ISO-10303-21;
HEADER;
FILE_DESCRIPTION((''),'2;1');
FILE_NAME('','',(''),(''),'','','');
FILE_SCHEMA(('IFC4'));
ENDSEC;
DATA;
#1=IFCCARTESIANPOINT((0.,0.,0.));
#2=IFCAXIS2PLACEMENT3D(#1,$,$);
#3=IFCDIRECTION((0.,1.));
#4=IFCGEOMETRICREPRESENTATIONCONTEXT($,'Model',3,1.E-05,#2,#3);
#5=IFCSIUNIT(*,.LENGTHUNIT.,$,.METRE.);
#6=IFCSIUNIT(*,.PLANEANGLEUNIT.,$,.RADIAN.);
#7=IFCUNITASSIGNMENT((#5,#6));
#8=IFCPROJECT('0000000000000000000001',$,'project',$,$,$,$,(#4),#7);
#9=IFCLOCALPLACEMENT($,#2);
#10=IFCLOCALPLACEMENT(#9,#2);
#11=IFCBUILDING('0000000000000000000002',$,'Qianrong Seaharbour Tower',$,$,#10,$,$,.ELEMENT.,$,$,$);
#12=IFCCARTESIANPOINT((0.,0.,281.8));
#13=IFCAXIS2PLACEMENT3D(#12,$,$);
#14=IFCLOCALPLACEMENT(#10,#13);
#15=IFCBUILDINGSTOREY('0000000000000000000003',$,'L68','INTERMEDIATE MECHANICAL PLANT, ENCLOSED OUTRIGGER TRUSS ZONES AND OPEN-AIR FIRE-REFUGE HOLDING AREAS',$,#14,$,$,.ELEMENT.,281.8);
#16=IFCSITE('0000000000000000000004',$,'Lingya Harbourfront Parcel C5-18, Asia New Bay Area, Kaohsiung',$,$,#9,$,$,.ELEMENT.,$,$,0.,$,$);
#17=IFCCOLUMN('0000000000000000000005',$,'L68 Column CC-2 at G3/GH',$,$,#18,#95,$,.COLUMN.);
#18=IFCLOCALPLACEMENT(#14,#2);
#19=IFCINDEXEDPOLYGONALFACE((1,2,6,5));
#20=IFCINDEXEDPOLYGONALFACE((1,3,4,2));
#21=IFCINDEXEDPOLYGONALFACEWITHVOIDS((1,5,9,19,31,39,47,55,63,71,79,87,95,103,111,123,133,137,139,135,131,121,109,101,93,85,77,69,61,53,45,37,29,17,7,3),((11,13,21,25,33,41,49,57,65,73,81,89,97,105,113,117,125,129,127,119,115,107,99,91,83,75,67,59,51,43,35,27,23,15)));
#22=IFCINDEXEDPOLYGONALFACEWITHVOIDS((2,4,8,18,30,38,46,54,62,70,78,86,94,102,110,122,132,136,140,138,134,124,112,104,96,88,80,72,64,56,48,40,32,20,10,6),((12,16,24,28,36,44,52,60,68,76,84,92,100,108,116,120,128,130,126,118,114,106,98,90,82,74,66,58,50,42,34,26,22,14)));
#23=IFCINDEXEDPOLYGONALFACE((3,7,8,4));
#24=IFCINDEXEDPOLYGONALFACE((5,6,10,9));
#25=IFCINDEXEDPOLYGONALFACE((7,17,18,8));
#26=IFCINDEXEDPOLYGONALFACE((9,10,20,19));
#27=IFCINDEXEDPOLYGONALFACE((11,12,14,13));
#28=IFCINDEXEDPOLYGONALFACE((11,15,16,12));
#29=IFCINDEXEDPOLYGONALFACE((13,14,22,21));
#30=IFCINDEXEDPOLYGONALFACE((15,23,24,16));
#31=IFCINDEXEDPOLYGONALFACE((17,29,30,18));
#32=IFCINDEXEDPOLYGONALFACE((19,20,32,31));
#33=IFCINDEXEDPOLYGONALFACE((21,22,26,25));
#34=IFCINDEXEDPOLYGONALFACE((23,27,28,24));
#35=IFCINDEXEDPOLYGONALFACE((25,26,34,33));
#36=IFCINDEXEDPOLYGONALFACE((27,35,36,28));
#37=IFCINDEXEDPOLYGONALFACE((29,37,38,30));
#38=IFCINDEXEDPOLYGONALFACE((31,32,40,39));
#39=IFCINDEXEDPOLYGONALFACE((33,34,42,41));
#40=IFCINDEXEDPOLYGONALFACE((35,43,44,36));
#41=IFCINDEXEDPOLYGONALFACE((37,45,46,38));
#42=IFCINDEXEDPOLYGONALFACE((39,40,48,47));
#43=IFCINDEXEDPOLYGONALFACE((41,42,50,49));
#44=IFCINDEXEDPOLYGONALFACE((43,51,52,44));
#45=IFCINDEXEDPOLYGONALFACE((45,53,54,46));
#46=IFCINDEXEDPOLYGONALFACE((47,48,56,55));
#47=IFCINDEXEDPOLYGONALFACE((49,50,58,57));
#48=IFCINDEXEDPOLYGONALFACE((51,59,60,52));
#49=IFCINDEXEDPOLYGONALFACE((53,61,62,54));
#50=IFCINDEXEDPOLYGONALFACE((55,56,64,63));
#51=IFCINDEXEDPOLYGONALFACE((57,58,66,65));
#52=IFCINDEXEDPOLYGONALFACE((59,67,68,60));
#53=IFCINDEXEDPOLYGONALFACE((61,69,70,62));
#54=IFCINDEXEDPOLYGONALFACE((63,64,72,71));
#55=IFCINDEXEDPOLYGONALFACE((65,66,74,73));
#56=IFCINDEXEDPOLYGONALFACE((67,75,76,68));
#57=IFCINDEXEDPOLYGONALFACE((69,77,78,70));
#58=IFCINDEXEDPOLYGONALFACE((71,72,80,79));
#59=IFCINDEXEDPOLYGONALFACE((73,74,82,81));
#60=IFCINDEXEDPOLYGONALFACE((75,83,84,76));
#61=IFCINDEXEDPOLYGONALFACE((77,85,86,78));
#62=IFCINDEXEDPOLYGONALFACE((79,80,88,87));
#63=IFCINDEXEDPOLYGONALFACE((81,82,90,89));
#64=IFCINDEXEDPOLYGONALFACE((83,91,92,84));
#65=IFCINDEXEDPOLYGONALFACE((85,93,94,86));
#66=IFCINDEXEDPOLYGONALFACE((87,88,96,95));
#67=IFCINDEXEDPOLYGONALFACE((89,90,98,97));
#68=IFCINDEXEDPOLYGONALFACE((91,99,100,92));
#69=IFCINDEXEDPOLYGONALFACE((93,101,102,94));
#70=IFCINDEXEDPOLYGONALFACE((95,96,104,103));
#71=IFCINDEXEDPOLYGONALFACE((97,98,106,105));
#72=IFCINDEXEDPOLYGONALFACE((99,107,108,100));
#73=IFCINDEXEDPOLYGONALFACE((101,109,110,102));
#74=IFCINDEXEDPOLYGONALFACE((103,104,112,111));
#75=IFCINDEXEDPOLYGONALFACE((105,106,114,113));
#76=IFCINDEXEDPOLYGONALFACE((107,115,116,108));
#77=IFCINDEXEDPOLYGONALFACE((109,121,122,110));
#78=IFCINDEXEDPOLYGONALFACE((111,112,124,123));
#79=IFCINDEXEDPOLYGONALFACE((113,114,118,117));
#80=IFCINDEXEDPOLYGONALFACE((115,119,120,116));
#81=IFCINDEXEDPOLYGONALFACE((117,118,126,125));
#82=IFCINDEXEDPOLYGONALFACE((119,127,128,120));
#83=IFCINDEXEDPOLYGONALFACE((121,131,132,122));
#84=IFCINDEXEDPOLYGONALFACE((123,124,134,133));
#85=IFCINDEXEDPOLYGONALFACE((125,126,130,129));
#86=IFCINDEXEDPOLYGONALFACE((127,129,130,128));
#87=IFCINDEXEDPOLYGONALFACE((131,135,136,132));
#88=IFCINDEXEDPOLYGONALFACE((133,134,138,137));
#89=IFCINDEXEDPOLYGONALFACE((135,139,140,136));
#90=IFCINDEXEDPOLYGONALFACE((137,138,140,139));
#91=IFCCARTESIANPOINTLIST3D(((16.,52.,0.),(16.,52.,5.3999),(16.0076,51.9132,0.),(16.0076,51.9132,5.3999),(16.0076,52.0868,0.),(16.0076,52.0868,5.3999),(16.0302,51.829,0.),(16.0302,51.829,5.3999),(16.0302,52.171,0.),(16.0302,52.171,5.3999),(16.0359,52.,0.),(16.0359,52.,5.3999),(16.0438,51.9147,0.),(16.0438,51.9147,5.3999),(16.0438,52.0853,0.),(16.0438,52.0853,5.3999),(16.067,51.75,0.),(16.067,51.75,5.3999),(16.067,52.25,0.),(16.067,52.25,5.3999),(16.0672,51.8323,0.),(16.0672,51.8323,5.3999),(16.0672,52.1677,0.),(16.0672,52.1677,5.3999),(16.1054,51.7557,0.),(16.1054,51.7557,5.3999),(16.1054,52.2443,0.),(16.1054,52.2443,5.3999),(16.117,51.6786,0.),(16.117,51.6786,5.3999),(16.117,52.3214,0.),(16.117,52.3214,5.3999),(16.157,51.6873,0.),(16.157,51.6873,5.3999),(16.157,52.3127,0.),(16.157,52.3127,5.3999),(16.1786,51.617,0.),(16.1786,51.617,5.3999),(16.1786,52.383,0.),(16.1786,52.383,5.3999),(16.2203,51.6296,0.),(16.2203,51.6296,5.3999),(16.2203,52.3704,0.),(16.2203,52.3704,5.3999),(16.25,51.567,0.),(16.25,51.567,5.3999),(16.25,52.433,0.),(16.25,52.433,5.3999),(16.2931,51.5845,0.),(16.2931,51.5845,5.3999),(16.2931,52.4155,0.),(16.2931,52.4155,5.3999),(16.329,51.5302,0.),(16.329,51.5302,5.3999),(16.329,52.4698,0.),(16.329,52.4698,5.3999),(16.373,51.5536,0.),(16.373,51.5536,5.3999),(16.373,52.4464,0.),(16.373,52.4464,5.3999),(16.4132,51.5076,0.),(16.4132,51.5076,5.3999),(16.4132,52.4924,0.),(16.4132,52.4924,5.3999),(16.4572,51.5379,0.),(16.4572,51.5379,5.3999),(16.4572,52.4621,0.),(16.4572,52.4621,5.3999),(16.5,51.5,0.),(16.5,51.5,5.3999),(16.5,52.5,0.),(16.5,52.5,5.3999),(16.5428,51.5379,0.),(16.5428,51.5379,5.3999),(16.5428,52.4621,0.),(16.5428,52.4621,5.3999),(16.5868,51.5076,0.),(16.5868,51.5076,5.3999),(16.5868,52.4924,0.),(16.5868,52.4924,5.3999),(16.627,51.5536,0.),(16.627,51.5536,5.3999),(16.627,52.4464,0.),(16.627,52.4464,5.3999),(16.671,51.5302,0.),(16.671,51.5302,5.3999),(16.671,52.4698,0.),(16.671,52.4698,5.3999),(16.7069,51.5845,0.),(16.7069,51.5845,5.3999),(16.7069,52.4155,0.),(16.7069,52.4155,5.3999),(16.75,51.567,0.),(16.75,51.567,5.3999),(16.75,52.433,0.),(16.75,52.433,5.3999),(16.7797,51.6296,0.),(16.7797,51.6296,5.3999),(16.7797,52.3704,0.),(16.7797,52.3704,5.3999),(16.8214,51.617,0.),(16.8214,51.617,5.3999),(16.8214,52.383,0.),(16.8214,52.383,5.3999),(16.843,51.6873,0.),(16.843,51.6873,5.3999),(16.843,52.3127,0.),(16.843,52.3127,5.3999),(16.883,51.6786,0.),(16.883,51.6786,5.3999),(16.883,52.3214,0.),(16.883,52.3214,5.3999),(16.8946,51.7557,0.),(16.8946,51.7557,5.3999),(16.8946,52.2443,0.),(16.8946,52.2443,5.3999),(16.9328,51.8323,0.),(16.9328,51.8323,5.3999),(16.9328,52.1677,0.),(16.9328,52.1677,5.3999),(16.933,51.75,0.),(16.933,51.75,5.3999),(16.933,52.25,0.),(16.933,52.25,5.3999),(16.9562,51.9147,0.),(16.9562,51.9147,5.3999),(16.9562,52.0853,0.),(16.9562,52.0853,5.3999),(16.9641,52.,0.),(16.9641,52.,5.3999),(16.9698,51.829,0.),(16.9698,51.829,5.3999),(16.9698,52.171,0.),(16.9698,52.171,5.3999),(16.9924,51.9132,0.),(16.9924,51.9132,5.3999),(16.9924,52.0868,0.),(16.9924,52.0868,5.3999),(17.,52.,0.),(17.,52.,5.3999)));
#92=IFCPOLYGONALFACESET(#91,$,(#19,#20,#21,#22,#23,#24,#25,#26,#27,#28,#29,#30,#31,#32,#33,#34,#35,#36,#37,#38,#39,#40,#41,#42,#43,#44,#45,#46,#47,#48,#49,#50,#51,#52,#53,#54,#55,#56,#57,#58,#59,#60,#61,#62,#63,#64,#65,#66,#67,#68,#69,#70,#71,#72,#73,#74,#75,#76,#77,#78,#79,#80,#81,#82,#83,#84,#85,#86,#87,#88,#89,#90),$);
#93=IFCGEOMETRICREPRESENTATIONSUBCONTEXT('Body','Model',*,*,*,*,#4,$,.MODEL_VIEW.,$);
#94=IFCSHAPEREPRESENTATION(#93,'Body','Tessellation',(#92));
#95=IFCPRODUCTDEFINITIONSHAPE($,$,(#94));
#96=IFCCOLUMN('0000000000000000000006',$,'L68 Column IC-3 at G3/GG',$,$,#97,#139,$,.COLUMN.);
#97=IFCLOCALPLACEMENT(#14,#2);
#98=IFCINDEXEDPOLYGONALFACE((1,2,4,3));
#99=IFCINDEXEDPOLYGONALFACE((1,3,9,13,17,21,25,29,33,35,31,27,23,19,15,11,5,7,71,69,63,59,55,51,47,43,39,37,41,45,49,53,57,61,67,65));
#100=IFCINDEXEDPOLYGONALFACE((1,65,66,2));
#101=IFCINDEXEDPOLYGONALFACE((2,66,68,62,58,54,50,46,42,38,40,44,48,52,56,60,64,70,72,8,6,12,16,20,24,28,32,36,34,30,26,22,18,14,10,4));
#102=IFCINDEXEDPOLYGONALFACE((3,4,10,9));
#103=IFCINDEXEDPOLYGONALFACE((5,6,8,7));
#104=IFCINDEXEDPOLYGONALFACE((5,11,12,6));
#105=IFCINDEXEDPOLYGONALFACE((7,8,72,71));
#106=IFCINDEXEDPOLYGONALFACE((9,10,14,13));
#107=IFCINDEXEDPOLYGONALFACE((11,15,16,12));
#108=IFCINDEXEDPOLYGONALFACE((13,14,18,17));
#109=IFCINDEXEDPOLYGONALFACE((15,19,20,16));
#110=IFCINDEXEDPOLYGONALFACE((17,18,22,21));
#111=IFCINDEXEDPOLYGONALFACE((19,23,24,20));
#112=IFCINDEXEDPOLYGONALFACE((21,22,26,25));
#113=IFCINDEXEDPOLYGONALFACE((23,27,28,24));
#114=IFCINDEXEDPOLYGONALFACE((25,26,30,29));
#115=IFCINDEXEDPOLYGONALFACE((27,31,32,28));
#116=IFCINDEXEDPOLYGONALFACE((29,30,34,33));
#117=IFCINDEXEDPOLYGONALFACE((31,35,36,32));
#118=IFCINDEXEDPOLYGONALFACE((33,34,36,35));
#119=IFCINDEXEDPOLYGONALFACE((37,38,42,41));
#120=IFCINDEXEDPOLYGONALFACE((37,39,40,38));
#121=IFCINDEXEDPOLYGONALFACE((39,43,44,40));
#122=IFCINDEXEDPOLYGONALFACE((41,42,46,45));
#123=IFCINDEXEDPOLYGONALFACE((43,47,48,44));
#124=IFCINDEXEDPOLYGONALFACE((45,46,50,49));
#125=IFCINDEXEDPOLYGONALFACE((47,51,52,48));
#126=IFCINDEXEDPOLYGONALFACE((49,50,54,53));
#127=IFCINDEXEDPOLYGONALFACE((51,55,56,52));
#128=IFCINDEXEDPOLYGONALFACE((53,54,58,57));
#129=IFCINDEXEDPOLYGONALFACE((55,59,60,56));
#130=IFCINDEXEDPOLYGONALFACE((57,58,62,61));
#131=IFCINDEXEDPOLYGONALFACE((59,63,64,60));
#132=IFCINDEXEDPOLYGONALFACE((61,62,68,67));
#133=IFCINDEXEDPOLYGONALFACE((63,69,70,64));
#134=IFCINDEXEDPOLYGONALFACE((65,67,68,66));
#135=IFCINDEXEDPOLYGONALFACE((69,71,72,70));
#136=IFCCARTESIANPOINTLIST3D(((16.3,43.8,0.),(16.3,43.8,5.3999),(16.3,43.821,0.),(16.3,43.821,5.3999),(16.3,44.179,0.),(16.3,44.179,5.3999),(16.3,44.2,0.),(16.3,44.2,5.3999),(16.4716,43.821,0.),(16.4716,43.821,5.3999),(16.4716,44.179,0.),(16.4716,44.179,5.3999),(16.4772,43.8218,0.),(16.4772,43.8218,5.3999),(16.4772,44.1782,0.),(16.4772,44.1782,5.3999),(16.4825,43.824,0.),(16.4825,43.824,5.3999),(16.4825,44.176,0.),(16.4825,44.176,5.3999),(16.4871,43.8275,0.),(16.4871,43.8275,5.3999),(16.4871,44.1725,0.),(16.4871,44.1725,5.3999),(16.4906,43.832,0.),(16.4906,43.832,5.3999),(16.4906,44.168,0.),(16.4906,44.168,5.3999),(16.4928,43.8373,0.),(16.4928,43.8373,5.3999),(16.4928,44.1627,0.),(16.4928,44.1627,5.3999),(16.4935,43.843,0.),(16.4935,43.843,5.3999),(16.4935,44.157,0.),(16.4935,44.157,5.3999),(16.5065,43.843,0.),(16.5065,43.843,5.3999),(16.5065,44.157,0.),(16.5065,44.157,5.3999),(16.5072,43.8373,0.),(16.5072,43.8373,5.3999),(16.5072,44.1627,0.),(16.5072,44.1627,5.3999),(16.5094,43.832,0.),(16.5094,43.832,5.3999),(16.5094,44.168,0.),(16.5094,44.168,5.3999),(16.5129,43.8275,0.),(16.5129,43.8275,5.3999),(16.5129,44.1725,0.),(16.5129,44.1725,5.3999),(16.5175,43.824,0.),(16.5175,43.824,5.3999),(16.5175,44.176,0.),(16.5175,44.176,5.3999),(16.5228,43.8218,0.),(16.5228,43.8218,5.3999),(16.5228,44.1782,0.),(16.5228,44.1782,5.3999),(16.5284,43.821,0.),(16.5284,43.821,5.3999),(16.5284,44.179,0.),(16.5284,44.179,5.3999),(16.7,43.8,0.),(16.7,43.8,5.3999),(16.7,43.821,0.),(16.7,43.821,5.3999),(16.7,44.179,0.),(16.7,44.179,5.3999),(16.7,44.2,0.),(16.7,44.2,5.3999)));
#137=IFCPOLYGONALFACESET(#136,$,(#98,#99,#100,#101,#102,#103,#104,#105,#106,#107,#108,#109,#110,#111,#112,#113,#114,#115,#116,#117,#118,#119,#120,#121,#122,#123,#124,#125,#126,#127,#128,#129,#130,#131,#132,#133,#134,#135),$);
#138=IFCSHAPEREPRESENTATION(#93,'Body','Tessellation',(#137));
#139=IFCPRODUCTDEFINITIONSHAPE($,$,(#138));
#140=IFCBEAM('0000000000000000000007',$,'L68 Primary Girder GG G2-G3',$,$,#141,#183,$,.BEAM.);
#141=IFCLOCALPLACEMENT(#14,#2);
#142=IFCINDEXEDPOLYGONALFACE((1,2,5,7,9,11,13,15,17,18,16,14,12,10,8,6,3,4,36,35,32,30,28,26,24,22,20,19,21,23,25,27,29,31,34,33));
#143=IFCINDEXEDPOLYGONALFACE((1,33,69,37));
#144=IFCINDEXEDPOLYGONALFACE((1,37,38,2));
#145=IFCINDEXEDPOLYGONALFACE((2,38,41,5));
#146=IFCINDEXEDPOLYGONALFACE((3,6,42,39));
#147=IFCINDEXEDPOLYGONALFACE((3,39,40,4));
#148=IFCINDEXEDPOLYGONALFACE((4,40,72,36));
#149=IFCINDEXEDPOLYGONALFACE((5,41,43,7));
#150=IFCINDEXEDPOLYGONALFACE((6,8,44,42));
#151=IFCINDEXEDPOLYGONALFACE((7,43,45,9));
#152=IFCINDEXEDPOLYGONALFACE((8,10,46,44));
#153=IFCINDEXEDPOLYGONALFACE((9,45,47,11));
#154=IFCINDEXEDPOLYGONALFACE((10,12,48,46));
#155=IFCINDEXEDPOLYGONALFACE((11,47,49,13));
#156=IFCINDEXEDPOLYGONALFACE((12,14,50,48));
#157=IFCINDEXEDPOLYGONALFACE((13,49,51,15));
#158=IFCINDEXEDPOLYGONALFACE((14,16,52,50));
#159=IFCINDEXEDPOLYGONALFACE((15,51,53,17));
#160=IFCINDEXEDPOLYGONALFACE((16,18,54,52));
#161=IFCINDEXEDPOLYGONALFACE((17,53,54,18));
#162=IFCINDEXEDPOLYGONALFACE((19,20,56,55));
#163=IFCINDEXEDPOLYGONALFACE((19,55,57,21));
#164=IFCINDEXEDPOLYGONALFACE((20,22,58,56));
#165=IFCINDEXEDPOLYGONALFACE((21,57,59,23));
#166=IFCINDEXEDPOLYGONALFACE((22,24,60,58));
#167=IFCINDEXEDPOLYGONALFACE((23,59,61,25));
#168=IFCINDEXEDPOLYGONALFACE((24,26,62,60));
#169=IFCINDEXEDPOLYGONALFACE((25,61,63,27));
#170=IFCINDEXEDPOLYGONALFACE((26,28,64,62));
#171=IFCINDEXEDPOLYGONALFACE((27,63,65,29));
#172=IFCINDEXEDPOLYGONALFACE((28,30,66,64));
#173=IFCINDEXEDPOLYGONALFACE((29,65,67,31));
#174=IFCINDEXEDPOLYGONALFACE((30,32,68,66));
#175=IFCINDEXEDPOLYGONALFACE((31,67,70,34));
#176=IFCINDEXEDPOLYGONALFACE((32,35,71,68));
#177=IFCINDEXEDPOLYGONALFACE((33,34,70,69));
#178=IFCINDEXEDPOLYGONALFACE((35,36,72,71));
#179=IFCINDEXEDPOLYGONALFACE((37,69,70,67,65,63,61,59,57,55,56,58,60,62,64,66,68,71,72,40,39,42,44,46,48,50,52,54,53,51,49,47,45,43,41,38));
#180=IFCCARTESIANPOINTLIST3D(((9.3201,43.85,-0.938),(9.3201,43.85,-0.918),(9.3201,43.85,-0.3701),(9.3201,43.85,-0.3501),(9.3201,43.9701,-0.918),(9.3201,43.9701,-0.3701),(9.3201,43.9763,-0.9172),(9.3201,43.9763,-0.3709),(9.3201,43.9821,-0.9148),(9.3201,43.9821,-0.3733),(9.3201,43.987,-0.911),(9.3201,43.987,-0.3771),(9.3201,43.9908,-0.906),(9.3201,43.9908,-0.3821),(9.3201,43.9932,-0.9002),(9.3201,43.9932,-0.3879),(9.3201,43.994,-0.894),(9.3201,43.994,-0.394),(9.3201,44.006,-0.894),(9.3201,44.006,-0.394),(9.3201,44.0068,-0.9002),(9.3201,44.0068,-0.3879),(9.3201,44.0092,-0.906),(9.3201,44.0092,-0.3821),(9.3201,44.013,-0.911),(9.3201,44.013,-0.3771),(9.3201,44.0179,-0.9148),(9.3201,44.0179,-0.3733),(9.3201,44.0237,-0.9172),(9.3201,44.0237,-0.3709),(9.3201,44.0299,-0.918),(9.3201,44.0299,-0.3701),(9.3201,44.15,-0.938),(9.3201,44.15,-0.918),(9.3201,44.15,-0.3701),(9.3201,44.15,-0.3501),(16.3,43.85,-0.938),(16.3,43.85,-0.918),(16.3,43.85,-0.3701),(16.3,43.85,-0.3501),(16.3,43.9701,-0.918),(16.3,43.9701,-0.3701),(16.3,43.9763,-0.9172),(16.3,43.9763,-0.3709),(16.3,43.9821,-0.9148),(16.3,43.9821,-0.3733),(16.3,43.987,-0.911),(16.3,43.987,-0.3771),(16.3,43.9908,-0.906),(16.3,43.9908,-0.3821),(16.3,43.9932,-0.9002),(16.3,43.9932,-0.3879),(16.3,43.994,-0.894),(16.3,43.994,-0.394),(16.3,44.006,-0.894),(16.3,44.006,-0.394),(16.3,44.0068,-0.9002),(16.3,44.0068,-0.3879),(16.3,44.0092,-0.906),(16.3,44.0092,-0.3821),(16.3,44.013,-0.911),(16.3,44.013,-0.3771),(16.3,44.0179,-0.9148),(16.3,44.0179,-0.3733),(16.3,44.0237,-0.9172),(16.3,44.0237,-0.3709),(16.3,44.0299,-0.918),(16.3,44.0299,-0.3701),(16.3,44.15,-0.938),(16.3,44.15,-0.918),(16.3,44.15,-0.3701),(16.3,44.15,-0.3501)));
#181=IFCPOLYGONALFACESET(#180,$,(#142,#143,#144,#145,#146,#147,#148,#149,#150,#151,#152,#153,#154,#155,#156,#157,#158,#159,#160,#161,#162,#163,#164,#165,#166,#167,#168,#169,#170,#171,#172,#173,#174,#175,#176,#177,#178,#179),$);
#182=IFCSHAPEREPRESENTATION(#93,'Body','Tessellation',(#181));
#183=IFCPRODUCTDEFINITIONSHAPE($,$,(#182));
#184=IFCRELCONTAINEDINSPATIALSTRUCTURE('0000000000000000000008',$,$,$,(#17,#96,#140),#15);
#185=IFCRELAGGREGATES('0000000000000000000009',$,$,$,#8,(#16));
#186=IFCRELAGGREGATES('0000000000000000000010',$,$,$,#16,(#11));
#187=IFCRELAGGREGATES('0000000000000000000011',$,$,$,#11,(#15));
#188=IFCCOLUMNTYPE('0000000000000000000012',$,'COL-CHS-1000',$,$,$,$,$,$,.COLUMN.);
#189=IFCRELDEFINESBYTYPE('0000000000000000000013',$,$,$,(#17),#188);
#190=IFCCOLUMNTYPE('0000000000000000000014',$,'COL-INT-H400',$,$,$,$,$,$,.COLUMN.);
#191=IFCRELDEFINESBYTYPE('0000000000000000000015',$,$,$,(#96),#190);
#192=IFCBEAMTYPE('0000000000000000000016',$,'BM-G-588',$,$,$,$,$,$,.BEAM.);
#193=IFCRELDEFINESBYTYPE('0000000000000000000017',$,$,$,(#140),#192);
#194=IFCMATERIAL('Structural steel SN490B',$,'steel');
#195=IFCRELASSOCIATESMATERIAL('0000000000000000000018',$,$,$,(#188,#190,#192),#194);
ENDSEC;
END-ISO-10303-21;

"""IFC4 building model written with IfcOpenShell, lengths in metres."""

from ifc_helpers import new_model, si_unit, direction, frame, origin, origin_2d, place, context, subcontext, project, spatial, hollow_circle, i_section, extrude, material, material_profile, profile_set, type_object, element, save


model = new_model("IFC4")

# Units and contexts
model_context = context("Model", 3, precision=1e-05, world=origin(), true_north=direction((0.0, 1.0)))
body_context = subcontext(model_context, "Body", "Model", "MODEL_VIEW")
ifc_project = project(units=[si_unit("LENGTHUNIT", "METRE"), si_unit("PLANEANGLEUNIT", "RADIAN")], contexts=[model_context])

# Site, building, storey
site_placement = place(None, origin())
site = spatial("IfcSite", under=ifc_project, at=site_placement, Name="Lingya Harbourfront Parcel C5-18, Asia New Bay Area, Kaohsiung", CompositionType="ELEMENT", RefElevation=0.0)
building_placement = place(site_placement, origin())
building = spatial("IfcBuilding", under=site, at=building_placement, Name="Qianrong Seaharbour Tower", CompositionType="ELEMENT")
storey_placement = place(building_placement, frame((0.0, 0.0, 281.8)))
storey = spatial("IfcBuildingStorey", under=building, at=storey_placement, Name="L68", Description="INTERMEDIATE MECHANICAL PLANT, ENCLOSED OUTRIGGER TRUSS ZONES AND OPEN-AIR FIRE-REFUGE HOLDING AREAS", CompositionType="ELEMENT", Elevation=281.8)

# Columns
ifc_material_1 = material(Name="Structural steel SN490B", Category="steel")
ifc_material_profile_1 = material_profile(ifc_material_1, hollow_circle(Radius=0.5, WallThickness=0.0359, at=origin_2d()), Name="CHS1000x36")
ifc_profile_set_1 = profile_set([ifc_material_profile_1], Name="Structural steel SN490B")
column_type_1 = type_object("IfcColumnType", Name="COL-CHS-1000", PredefinedType="COLUMN", material=ifc_profile_set_1)
column_1_placement = place(storey_placement, frame((16.5, 52.0, 0.0), z_axis=(0.0, 0.0, 1.0), x_axis=(1.0, 0.0, 0.0)))
element("IfcColumn", 1, at=column_1_placement, inside=storey, type_object=column_type_1, Name="L68 Column CC-2 at G3/GH", PredefinedType="COLUMN", context=body_context, shape_type="SweptSolid", body=[
    extrude(hollow_circle(Radius=0.5, WallThickness=0.0359, at=origin_2d()), origin(), (0.0, 0.0, 1.0), 5.3999),
])
ifc_material_profile_2 = material_profile(ifc_material_1, i_section(OverallWidth=0.3999, OverallDepth=0.3999, WebThickness=0.0129, FlangeThickness=0.021, FilletRadius=0.022, at=origin_2d()), Name="H400x400x13x21")
ifc_profile_set_2 = profile_set([ifc_material_profile_2], Name="Structural steel SN490B")
column_type_2 = type_object("IfcColumnType", Name="COL-INT-H400", PredefinedType="COLUMN", material=ifc_profile_set_2)
column_2_placement = place(storey_placement, frame((16.5, 44.0, 0.0), z_axis=(0.0, 0.0, 1.0), x_axis=(1.0, 0.0, 0.0)))
element("IfcColumn", 2, at=column_2_placement, inside=storey, type_object=column_type_2, Name="L68 Column IC-3 at G3/GG", PredefinedType="COLUMN", context=body_context, shape_type="SweptSolid", body=[
    extrude(i_section(OverallWidth=0.3999, OverallDepth=0.3999, WebThickness=0.0129, FlangeThickness=0.021, FilletRadius=0.022, at=origin_2d()), origin(), (0.0, 0.0, 1.0), 5.3999),
])

# Beam
ifc_material_profile_3 = material_profile(ifc_material_1, i_section(OverallWidth=0.3, OverallDepth=0.5879, WebThickness=0.012, FlangeThickness=0.02, FilletRadius=0.0239, at=origin_2d()), Name="H588x300x12x20")
ifc_profile_set_3 = profile_set([ifc_material_profile_3], Name="Structural steel SN490B")
beam_type_1 = type_object("IfcBeamType", Name="BM-G-588", PredefinedType="BEAM", material=ifc_profile_set_3)
beam_1_placement = place(storey_placement, frame((9.3201, 44.0, -0.644), z_axis=(1.0, 0.0, 0.0), x_axis=(0.0, 1.0, 0.0)))
element("IfcBeam", 3, at=beam_1_placement, inside=storey, type_object=beam_type_1, Name="L68 Primary Girder GG G2-G3", PredefinedType="BEAM", context=body_context, shape_type="SweptSolid", body=[
    extrude(i_section(OverallWidth=0.3, OverallDepth=0.5879, WebThickness=0.012, FlangeThickness=0.02, FilletRadius=0.0239, at=origin_2d()), origin(), (0.0, 0.0, 1.0), 6.98),
])

save(model, "model.ifc")
